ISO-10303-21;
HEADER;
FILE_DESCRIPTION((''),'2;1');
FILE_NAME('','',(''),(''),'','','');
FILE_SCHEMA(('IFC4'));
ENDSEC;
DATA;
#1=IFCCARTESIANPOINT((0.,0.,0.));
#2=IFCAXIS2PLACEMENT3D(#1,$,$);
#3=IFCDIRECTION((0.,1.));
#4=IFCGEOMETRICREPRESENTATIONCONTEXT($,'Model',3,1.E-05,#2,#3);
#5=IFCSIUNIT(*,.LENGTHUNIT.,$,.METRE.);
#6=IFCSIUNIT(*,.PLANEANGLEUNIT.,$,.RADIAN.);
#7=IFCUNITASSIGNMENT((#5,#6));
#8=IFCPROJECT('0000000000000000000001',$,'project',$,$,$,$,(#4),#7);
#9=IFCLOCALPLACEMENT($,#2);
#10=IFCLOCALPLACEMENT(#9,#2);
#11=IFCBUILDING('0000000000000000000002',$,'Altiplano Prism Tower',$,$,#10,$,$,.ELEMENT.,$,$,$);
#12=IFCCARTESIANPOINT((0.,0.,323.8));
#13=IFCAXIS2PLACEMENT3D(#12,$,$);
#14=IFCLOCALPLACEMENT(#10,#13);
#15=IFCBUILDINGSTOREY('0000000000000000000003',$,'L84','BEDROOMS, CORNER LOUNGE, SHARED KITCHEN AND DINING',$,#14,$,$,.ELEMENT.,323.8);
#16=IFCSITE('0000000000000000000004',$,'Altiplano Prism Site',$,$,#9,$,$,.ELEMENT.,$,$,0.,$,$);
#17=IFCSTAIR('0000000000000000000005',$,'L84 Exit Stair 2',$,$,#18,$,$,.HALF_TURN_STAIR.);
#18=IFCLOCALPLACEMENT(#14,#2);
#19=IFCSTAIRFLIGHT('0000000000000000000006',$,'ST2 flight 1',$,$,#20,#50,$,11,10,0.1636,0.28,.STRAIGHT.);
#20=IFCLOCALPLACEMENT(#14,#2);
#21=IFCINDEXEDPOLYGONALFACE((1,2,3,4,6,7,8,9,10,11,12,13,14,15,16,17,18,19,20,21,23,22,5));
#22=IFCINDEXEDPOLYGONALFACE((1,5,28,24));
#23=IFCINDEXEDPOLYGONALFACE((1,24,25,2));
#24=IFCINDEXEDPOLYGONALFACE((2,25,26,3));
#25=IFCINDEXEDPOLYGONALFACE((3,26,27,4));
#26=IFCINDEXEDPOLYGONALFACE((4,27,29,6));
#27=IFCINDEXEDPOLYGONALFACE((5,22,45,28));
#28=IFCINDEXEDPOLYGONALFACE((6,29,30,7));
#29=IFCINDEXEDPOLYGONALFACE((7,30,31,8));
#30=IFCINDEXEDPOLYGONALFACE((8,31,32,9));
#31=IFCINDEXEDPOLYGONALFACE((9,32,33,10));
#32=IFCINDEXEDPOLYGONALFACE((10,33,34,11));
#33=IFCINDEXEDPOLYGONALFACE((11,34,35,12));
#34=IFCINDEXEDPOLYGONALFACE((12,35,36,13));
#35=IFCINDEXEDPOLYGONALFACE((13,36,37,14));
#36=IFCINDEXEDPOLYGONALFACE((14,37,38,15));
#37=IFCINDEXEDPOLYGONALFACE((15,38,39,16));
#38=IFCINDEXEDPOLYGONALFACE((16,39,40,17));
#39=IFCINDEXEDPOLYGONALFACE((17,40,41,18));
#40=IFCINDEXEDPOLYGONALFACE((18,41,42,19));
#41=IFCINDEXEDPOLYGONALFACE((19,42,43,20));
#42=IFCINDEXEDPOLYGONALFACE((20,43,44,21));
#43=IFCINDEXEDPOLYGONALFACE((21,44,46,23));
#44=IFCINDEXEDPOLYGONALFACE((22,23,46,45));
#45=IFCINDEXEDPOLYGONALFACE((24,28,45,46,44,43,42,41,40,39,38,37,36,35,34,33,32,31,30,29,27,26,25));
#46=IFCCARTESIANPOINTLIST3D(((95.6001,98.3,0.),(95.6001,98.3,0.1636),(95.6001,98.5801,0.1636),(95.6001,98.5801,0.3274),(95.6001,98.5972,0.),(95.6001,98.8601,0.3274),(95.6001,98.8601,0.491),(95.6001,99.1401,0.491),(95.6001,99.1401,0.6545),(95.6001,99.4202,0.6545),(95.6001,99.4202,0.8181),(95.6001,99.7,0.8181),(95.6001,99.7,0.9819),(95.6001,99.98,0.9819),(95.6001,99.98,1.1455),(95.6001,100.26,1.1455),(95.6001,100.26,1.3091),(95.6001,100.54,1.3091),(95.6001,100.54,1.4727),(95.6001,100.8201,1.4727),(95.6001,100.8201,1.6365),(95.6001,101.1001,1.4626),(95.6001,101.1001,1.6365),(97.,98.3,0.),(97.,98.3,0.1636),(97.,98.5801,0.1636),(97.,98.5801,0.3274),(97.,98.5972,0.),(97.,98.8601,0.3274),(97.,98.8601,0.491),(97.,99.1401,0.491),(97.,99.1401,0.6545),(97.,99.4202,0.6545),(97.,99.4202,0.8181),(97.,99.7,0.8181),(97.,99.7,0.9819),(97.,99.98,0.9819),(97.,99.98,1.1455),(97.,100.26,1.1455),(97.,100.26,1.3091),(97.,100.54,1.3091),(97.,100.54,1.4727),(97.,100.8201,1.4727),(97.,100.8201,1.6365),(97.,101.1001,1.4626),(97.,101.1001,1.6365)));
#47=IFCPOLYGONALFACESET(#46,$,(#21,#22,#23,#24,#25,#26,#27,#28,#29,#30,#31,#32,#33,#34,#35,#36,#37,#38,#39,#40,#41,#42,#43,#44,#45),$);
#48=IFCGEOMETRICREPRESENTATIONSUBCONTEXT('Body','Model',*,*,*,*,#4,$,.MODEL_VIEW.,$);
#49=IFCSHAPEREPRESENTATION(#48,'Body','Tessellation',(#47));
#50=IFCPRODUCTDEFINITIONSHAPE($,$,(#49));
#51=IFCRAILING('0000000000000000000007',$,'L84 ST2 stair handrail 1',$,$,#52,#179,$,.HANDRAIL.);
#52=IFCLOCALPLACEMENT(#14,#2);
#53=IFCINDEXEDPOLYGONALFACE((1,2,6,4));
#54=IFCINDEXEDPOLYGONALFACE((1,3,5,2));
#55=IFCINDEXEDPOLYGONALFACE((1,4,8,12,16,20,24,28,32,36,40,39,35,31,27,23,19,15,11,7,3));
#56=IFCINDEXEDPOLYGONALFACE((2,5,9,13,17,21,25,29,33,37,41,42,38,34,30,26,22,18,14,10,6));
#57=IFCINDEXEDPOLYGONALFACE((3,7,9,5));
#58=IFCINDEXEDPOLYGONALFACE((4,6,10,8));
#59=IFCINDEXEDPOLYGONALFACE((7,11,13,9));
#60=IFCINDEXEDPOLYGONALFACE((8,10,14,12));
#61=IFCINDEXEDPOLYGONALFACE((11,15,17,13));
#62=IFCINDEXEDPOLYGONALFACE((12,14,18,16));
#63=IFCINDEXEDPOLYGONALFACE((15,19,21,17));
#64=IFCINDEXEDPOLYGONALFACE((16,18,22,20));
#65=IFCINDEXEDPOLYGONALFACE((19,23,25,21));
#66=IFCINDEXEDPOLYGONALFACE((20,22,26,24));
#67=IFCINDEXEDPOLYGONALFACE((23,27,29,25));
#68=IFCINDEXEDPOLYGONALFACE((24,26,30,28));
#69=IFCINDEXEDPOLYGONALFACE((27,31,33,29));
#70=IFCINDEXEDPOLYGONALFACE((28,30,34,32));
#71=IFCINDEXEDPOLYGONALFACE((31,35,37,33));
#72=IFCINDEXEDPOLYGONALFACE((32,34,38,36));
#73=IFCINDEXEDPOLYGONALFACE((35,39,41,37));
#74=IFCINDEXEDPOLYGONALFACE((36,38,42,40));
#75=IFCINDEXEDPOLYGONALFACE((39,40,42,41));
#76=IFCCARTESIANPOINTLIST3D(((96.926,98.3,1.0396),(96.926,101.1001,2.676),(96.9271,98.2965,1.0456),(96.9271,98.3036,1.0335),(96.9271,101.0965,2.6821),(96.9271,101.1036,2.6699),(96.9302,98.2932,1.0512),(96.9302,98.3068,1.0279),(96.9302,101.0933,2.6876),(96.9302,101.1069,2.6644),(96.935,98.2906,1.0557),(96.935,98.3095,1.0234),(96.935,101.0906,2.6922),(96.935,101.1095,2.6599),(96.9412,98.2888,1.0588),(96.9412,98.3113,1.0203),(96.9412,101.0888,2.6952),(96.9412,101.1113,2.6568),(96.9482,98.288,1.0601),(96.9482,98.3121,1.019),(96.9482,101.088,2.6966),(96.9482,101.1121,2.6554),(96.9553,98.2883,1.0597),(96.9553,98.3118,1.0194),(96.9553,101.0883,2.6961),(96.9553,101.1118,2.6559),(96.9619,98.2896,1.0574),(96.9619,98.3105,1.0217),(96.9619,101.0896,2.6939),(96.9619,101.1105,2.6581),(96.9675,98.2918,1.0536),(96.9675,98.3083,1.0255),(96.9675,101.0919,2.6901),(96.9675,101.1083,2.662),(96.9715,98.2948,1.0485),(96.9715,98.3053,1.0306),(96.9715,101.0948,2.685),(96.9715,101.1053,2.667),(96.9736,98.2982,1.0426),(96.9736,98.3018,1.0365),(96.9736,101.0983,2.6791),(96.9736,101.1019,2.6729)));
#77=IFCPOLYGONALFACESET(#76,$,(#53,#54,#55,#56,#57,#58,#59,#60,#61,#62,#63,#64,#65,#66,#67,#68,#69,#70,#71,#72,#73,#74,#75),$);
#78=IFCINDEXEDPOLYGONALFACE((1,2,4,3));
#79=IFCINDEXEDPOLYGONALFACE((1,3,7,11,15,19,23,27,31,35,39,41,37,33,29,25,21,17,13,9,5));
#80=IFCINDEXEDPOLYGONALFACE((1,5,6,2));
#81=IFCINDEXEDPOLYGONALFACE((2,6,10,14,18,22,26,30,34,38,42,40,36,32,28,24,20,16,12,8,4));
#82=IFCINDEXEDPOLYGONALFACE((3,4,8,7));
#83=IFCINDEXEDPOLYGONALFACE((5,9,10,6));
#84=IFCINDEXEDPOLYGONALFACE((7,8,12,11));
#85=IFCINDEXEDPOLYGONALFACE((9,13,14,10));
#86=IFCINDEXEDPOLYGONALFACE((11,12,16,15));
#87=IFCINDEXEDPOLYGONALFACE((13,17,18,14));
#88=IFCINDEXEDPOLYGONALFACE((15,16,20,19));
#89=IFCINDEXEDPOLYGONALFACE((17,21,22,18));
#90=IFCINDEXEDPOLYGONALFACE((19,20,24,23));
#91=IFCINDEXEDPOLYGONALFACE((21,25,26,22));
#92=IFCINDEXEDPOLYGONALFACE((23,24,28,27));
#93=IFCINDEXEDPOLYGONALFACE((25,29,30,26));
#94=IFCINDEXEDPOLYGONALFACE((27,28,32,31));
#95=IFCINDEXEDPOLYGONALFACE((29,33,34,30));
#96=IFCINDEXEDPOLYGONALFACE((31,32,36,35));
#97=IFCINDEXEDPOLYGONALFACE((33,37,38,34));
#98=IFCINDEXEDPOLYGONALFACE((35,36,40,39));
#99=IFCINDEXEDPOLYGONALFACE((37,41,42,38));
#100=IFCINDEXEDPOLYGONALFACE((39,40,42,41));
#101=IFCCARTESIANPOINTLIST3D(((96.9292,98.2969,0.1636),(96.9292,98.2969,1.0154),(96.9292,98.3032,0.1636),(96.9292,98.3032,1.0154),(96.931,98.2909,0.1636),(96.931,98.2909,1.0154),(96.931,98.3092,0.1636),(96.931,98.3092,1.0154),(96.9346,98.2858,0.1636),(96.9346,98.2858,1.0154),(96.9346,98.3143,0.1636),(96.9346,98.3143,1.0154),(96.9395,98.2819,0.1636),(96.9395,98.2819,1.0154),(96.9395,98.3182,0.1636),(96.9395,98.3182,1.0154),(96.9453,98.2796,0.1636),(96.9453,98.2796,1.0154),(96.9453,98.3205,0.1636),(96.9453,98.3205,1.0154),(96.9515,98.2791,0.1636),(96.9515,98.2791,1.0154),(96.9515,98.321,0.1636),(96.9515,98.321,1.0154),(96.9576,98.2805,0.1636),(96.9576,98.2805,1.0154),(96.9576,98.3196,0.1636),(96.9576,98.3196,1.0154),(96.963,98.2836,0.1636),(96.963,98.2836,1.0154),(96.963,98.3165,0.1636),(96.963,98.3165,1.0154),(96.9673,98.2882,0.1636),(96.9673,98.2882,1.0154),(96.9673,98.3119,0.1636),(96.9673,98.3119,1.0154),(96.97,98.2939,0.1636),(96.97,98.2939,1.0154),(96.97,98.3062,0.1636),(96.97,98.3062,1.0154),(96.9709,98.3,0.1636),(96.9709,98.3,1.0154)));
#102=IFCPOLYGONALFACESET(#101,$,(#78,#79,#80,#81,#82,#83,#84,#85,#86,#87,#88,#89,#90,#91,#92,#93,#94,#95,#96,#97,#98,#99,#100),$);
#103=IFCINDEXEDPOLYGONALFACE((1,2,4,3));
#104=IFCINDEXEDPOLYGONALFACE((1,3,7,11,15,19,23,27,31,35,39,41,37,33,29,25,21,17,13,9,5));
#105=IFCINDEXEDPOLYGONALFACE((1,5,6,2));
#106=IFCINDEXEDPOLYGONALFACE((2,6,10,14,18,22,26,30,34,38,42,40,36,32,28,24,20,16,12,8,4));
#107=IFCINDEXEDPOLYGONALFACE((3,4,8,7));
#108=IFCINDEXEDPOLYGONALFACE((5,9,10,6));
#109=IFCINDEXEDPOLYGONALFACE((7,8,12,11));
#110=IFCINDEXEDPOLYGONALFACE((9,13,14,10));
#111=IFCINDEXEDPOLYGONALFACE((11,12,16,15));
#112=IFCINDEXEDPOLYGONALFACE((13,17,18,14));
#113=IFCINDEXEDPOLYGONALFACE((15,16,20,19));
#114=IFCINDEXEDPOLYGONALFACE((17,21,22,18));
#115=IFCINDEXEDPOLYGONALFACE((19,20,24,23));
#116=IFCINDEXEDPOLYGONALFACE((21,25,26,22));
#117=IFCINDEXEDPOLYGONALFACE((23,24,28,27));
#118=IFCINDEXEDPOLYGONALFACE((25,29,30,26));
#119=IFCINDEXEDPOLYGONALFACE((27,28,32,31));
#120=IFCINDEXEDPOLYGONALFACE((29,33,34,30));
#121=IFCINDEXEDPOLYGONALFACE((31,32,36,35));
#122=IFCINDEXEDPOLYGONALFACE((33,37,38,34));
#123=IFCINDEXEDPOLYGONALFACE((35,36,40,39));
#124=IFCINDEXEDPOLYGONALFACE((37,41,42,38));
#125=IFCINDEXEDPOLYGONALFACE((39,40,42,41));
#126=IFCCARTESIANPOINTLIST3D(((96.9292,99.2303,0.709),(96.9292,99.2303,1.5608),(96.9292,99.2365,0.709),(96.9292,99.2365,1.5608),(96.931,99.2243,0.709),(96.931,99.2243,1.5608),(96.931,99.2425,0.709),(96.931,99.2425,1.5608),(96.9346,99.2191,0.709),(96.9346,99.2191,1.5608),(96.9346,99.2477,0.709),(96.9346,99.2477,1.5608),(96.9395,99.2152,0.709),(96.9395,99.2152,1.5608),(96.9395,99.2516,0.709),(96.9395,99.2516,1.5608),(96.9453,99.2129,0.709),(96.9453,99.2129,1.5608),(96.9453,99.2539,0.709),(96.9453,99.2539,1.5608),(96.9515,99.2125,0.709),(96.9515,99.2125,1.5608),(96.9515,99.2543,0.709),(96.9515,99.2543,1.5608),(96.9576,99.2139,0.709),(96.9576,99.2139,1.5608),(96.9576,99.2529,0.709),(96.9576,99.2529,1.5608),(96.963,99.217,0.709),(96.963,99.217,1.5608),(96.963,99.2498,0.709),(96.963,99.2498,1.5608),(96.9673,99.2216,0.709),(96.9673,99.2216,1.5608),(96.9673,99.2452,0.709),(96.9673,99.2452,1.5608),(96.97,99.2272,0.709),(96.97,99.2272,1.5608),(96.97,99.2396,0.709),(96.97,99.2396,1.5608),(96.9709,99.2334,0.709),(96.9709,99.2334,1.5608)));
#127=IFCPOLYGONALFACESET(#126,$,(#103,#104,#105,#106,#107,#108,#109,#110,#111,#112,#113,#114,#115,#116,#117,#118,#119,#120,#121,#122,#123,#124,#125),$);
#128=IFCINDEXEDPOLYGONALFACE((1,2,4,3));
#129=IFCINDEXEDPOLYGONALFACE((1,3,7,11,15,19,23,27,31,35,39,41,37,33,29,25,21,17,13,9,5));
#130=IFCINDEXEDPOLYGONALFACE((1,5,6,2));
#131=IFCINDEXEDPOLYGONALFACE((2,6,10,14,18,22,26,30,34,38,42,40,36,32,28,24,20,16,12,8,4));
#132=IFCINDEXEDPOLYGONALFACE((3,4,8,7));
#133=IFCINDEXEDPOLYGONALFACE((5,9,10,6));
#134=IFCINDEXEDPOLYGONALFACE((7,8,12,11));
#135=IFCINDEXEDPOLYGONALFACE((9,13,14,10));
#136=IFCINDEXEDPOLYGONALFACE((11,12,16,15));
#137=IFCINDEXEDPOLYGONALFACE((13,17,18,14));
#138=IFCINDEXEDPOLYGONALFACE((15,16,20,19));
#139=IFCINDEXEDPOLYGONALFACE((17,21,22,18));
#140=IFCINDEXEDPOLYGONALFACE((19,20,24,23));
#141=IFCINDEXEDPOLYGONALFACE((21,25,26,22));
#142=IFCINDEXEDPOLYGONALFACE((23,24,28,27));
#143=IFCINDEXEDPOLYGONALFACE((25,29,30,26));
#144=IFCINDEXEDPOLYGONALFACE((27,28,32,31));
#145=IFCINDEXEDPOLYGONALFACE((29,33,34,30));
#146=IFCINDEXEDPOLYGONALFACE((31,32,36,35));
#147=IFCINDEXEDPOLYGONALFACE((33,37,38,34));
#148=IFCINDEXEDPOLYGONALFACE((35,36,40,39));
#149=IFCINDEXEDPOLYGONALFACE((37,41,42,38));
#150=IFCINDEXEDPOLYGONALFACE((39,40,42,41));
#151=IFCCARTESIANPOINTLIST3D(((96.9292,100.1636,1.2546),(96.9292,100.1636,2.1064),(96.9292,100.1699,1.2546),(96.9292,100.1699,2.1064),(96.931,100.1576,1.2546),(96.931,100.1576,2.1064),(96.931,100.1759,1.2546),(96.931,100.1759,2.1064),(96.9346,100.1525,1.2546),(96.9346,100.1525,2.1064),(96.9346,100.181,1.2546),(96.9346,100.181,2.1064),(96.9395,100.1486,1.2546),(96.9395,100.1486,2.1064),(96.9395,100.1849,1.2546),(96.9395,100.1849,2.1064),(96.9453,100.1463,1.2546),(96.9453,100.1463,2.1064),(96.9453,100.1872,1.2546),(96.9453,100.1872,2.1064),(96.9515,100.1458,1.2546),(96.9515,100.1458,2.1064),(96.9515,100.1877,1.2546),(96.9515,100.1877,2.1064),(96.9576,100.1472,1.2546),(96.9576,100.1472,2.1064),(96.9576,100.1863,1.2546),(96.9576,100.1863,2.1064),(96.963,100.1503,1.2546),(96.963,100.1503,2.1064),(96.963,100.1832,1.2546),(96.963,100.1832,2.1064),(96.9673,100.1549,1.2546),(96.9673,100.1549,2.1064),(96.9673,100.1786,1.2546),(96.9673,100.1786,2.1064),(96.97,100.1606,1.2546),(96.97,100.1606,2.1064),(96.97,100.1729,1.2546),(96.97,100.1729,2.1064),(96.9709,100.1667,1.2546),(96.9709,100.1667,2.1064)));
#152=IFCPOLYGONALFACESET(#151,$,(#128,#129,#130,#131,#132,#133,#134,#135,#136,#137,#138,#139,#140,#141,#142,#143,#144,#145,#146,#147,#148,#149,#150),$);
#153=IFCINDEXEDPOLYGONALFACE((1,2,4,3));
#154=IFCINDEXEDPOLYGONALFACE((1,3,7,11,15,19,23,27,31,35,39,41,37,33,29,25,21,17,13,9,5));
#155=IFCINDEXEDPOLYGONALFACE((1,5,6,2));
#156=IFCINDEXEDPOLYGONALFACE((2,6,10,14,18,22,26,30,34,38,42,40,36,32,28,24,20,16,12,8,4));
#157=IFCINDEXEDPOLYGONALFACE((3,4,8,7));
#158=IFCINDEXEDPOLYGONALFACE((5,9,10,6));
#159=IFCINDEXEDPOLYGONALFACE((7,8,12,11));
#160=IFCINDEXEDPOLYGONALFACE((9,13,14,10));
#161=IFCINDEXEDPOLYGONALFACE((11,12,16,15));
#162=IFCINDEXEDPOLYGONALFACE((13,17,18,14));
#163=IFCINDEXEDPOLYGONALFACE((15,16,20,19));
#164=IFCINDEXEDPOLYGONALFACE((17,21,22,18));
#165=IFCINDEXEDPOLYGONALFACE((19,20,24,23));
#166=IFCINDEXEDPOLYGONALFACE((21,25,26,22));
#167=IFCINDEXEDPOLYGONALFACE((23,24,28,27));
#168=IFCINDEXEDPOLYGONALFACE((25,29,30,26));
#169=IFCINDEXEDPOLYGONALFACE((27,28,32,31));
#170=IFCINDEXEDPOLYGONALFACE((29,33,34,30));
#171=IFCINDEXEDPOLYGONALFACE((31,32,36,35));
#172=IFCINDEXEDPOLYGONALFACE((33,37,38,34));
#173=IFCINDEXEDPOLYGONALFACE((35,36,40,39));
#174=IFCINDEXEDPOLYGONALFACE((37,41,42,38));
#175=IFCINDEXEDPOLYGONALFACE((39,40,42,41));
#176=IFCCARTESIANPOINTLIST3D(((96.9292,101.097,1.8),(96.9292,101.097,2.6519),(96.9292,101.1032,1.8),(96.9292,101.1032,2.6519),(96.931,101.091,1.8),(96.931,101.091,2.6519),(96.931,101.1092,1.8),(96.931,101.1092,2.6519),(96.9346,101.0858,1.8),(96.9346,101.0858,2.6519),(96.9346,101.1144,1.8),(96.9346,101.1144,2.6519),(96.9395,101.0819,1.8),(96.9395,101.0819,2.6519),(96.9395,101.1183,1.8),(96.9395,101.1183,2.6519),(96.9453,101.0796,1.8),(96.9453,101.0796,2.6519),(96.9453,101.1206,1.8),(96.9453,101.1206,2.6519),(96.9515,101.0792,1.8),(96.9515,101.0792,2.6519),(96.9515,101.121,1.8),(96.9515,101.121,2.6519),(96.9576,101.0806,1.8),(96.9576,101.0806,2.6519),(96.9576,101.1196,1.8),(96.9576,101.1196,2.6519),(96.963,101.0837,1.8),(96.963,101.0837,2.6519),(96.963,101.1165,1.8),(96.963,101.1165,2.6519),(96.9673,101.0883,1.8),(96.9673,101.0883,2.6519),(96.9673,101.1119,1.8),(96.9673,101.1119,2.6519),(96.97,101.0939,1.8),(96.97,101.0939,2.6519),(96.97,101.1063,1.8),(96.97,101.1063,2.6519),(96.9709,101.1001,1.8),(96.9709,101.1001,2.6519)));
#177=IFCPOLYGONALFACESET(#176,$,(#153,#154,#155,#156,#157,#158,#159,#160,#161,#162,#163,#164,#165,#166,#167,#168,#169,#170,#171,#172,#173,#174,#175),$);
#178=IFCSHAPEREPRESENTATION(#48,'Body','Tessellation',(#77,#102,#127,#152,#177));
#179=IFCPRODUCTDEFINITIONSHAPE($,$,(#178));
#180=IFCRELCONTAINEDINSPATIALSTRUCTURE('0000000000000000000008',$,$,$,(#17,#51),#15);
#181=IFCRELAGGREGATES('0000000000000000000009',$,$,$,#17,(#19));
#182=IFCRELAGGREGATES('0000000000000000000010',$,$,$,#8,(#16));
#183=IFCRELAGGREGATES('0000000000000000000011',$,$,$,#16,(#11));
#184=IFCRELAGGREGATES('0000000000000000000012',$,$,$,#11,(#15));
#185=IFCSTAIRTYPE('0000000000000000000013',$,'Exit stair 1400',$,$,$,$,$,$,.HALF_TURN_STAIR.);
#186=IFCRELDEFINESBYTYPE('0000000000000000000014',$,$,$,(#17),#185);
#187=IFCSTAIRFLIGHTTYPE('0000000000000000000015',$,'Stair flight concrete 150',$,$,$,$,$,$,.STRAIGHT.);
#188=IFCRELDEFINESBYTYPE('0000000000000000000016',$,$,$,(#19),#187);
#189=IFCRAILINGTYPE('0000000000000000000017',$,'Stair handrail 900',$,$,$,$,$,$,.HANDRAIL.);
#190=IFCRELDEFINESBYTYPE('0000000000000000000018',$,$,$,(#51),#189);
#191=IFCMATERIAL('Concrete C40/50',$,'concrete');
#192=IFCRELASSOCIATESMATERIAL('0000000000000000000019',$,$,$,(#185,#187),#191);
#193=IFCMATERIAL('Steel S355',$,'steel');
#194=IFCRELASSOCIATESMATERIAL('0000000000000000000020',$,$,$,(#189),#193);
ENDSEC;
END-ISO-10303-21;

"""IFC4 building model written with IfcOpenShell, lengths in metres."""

from ifc_helpers import new_model, si_unit, direction, frame, origin, origin_2d, place, context, subcontext, project, spatial, polyline, circle, outline, extrude, material, type_object, element, aggregate, save


model = new_model("IFC4")

# Units and contexts
model_context = context("Model", 3, precision=1e-05, world=origin(), true_north=direction((0.0, 1.0)))
body_context = subcontext(model_context, "Body", "Model", "MODEL_VIEW")
ifc_project = project(units=[si_unit("LENGTHUNIT", "METRE"), si_unit("PLANEANGLEUNIT", "RADIAN")], contexts=[model_context])

# Site, building, storey
site_placement = place(None, origin())
site = spatial("IfcSite", under=ifc_project, at=site_placement, Name="Altiplano Prism Site", CompositionType="ELEMENT", RefElevation=0.0)
building_placement = place(site_placement, origin())
building = spatial("IfcBuilding", under=site, at=building_placement, Name="Altiplano Prism Tower", CompositionType="ELEMENT")
storey_placement = place(building_placement, frame((0.0, 0.0, 323.8)))
storey = spatial("IfcBuildingStorey", under=building, at=storey_placement, Name="L84", Description="BEDROOMS, CORNER LOUNGE, SHARED KITCHEN AND DINING", CompositionType="ELEMENT", Elevation=323.8)

# Stair, stair flight
ifc_material_1 = material(Name="Concrete C40/50", Category="concrete")
stair_type = type_object("IfcStairType", Name="Exit stair 1400", PredefinedType="HALF_TURN_STAIR", material=ifc_material_1)
stair_placement = place(storey_placement, origin())
stair = element("IfcStair", 1, at=stair_placement, inside=storey, type_object=stair_type, Name="L84 Exit Stair 2", PredefinedType="HALF_TURN_STAIR")
stair_flight_type = type_object("IfcStairFlightType", Name="Stair flight concrete 150", PredefinedType="STRAIGHT", material=ifc_material_1)
stair_flight_placement = place(storey_placement, frame((96.3, 98.3, 0.0), z_axis=(0.0, 0.0, 1.0), x_axis=(0.0, 1.0, 0.0)))
stair_flight = element("IfcStairFlight", 2, at=stair_flight_placement, type_object=stair_flight_type, Name="ST2 flight 1", NumberOfRisers=11, NumberOfTreads=10, PredefinedType="STRAIGHT", RiserHeight=0.1636, TreadLength=0.28, context=body_context, shape_type="SweptSolid", body=[
    extrude(outline(polyline([(0.0, 0.0), (0.0, 0.1636), (0.28, 0.1636), (0.28, 0.3274), (0.5601, 0.3274), (0.5601, 0.491), (0.8401, 0.491), (0.8401, 0.6545), (1.1201, 0.6545), (1.1201, 0.8181), (1.3999, 0.8181), (1.3999, 0.9819), (1.6799, 0.9819), (1.6799, 1.1455), (1.96, 1.1455), (1.96, 1.3091), (2.24, 1.3091), (2.24, 1.4727), (2.52, 1.4727), (2.52, 1.6365), (2.8, 1.6365), (2.8, 1.8), (2.8, 1.4626), (0.2971, 0.0), (0.0, 0.0)])), frame((0.0, 0.7, 0.0), z_axis=(0.0, -1.0, 0.0), x_axis=(1.0, 0.0, 0.0)), (0.0, 0.0, 1.0), 1.3999),
])
aggregate(stair, [stair_flight])

# Railing
ifc_material_2 = material(Name="Steel S355", Category="steel")
railing_type_1 = type_object("IfcRailingType", Name="Stair handrail 900", PredefinedType="HANDRAIL", material=ifc_material_2)
railing_1_placement = place(storey_placement, frame((96.95, 98.3, 0.1636)))
element("IfcRailing", 3, at=railing_1_placement, inside=storey, type_object=railing_type_1, Name="L84 ST2 stair handrail 1", PredefinedType="HANDRAIL", context=body_context, shape_type="SweptSolid", body=[
    extrude(circle(Radius=0.0239, at=origin_2d()), frame((0.0, 0.0, 0.876), z_axis=(0.0, 0.863361, 0.504587), x_axis=(-1.0, 0.0, 0.0)), (0.0, 0.0, 1.0), 3.2432),
    extrude(circle(Radius=0.021, at=origin_2d()), origin(), (0.0, 0.0, 1.0), 0.8518),
    extrude(circle(Radius=0.021, at=origin_2d()), frame((0.0, 0.9333, 0.5454)), (0.0, 0.0, 1.0), 0.8518),
    extrude(circle(Radius=0.021, at=origin_2d()), frame((0.0, 1.8667, 1.0911)), (0.0, 0.0, 1.0), 0.8518),
    extrude(circle(Radius=0.021, at=origin_2d()), frame((0.0, 2.8, 1.6365)), (0.0, 0.0, 1.0), 0.8518),
])

save(model, "model.ifc")
